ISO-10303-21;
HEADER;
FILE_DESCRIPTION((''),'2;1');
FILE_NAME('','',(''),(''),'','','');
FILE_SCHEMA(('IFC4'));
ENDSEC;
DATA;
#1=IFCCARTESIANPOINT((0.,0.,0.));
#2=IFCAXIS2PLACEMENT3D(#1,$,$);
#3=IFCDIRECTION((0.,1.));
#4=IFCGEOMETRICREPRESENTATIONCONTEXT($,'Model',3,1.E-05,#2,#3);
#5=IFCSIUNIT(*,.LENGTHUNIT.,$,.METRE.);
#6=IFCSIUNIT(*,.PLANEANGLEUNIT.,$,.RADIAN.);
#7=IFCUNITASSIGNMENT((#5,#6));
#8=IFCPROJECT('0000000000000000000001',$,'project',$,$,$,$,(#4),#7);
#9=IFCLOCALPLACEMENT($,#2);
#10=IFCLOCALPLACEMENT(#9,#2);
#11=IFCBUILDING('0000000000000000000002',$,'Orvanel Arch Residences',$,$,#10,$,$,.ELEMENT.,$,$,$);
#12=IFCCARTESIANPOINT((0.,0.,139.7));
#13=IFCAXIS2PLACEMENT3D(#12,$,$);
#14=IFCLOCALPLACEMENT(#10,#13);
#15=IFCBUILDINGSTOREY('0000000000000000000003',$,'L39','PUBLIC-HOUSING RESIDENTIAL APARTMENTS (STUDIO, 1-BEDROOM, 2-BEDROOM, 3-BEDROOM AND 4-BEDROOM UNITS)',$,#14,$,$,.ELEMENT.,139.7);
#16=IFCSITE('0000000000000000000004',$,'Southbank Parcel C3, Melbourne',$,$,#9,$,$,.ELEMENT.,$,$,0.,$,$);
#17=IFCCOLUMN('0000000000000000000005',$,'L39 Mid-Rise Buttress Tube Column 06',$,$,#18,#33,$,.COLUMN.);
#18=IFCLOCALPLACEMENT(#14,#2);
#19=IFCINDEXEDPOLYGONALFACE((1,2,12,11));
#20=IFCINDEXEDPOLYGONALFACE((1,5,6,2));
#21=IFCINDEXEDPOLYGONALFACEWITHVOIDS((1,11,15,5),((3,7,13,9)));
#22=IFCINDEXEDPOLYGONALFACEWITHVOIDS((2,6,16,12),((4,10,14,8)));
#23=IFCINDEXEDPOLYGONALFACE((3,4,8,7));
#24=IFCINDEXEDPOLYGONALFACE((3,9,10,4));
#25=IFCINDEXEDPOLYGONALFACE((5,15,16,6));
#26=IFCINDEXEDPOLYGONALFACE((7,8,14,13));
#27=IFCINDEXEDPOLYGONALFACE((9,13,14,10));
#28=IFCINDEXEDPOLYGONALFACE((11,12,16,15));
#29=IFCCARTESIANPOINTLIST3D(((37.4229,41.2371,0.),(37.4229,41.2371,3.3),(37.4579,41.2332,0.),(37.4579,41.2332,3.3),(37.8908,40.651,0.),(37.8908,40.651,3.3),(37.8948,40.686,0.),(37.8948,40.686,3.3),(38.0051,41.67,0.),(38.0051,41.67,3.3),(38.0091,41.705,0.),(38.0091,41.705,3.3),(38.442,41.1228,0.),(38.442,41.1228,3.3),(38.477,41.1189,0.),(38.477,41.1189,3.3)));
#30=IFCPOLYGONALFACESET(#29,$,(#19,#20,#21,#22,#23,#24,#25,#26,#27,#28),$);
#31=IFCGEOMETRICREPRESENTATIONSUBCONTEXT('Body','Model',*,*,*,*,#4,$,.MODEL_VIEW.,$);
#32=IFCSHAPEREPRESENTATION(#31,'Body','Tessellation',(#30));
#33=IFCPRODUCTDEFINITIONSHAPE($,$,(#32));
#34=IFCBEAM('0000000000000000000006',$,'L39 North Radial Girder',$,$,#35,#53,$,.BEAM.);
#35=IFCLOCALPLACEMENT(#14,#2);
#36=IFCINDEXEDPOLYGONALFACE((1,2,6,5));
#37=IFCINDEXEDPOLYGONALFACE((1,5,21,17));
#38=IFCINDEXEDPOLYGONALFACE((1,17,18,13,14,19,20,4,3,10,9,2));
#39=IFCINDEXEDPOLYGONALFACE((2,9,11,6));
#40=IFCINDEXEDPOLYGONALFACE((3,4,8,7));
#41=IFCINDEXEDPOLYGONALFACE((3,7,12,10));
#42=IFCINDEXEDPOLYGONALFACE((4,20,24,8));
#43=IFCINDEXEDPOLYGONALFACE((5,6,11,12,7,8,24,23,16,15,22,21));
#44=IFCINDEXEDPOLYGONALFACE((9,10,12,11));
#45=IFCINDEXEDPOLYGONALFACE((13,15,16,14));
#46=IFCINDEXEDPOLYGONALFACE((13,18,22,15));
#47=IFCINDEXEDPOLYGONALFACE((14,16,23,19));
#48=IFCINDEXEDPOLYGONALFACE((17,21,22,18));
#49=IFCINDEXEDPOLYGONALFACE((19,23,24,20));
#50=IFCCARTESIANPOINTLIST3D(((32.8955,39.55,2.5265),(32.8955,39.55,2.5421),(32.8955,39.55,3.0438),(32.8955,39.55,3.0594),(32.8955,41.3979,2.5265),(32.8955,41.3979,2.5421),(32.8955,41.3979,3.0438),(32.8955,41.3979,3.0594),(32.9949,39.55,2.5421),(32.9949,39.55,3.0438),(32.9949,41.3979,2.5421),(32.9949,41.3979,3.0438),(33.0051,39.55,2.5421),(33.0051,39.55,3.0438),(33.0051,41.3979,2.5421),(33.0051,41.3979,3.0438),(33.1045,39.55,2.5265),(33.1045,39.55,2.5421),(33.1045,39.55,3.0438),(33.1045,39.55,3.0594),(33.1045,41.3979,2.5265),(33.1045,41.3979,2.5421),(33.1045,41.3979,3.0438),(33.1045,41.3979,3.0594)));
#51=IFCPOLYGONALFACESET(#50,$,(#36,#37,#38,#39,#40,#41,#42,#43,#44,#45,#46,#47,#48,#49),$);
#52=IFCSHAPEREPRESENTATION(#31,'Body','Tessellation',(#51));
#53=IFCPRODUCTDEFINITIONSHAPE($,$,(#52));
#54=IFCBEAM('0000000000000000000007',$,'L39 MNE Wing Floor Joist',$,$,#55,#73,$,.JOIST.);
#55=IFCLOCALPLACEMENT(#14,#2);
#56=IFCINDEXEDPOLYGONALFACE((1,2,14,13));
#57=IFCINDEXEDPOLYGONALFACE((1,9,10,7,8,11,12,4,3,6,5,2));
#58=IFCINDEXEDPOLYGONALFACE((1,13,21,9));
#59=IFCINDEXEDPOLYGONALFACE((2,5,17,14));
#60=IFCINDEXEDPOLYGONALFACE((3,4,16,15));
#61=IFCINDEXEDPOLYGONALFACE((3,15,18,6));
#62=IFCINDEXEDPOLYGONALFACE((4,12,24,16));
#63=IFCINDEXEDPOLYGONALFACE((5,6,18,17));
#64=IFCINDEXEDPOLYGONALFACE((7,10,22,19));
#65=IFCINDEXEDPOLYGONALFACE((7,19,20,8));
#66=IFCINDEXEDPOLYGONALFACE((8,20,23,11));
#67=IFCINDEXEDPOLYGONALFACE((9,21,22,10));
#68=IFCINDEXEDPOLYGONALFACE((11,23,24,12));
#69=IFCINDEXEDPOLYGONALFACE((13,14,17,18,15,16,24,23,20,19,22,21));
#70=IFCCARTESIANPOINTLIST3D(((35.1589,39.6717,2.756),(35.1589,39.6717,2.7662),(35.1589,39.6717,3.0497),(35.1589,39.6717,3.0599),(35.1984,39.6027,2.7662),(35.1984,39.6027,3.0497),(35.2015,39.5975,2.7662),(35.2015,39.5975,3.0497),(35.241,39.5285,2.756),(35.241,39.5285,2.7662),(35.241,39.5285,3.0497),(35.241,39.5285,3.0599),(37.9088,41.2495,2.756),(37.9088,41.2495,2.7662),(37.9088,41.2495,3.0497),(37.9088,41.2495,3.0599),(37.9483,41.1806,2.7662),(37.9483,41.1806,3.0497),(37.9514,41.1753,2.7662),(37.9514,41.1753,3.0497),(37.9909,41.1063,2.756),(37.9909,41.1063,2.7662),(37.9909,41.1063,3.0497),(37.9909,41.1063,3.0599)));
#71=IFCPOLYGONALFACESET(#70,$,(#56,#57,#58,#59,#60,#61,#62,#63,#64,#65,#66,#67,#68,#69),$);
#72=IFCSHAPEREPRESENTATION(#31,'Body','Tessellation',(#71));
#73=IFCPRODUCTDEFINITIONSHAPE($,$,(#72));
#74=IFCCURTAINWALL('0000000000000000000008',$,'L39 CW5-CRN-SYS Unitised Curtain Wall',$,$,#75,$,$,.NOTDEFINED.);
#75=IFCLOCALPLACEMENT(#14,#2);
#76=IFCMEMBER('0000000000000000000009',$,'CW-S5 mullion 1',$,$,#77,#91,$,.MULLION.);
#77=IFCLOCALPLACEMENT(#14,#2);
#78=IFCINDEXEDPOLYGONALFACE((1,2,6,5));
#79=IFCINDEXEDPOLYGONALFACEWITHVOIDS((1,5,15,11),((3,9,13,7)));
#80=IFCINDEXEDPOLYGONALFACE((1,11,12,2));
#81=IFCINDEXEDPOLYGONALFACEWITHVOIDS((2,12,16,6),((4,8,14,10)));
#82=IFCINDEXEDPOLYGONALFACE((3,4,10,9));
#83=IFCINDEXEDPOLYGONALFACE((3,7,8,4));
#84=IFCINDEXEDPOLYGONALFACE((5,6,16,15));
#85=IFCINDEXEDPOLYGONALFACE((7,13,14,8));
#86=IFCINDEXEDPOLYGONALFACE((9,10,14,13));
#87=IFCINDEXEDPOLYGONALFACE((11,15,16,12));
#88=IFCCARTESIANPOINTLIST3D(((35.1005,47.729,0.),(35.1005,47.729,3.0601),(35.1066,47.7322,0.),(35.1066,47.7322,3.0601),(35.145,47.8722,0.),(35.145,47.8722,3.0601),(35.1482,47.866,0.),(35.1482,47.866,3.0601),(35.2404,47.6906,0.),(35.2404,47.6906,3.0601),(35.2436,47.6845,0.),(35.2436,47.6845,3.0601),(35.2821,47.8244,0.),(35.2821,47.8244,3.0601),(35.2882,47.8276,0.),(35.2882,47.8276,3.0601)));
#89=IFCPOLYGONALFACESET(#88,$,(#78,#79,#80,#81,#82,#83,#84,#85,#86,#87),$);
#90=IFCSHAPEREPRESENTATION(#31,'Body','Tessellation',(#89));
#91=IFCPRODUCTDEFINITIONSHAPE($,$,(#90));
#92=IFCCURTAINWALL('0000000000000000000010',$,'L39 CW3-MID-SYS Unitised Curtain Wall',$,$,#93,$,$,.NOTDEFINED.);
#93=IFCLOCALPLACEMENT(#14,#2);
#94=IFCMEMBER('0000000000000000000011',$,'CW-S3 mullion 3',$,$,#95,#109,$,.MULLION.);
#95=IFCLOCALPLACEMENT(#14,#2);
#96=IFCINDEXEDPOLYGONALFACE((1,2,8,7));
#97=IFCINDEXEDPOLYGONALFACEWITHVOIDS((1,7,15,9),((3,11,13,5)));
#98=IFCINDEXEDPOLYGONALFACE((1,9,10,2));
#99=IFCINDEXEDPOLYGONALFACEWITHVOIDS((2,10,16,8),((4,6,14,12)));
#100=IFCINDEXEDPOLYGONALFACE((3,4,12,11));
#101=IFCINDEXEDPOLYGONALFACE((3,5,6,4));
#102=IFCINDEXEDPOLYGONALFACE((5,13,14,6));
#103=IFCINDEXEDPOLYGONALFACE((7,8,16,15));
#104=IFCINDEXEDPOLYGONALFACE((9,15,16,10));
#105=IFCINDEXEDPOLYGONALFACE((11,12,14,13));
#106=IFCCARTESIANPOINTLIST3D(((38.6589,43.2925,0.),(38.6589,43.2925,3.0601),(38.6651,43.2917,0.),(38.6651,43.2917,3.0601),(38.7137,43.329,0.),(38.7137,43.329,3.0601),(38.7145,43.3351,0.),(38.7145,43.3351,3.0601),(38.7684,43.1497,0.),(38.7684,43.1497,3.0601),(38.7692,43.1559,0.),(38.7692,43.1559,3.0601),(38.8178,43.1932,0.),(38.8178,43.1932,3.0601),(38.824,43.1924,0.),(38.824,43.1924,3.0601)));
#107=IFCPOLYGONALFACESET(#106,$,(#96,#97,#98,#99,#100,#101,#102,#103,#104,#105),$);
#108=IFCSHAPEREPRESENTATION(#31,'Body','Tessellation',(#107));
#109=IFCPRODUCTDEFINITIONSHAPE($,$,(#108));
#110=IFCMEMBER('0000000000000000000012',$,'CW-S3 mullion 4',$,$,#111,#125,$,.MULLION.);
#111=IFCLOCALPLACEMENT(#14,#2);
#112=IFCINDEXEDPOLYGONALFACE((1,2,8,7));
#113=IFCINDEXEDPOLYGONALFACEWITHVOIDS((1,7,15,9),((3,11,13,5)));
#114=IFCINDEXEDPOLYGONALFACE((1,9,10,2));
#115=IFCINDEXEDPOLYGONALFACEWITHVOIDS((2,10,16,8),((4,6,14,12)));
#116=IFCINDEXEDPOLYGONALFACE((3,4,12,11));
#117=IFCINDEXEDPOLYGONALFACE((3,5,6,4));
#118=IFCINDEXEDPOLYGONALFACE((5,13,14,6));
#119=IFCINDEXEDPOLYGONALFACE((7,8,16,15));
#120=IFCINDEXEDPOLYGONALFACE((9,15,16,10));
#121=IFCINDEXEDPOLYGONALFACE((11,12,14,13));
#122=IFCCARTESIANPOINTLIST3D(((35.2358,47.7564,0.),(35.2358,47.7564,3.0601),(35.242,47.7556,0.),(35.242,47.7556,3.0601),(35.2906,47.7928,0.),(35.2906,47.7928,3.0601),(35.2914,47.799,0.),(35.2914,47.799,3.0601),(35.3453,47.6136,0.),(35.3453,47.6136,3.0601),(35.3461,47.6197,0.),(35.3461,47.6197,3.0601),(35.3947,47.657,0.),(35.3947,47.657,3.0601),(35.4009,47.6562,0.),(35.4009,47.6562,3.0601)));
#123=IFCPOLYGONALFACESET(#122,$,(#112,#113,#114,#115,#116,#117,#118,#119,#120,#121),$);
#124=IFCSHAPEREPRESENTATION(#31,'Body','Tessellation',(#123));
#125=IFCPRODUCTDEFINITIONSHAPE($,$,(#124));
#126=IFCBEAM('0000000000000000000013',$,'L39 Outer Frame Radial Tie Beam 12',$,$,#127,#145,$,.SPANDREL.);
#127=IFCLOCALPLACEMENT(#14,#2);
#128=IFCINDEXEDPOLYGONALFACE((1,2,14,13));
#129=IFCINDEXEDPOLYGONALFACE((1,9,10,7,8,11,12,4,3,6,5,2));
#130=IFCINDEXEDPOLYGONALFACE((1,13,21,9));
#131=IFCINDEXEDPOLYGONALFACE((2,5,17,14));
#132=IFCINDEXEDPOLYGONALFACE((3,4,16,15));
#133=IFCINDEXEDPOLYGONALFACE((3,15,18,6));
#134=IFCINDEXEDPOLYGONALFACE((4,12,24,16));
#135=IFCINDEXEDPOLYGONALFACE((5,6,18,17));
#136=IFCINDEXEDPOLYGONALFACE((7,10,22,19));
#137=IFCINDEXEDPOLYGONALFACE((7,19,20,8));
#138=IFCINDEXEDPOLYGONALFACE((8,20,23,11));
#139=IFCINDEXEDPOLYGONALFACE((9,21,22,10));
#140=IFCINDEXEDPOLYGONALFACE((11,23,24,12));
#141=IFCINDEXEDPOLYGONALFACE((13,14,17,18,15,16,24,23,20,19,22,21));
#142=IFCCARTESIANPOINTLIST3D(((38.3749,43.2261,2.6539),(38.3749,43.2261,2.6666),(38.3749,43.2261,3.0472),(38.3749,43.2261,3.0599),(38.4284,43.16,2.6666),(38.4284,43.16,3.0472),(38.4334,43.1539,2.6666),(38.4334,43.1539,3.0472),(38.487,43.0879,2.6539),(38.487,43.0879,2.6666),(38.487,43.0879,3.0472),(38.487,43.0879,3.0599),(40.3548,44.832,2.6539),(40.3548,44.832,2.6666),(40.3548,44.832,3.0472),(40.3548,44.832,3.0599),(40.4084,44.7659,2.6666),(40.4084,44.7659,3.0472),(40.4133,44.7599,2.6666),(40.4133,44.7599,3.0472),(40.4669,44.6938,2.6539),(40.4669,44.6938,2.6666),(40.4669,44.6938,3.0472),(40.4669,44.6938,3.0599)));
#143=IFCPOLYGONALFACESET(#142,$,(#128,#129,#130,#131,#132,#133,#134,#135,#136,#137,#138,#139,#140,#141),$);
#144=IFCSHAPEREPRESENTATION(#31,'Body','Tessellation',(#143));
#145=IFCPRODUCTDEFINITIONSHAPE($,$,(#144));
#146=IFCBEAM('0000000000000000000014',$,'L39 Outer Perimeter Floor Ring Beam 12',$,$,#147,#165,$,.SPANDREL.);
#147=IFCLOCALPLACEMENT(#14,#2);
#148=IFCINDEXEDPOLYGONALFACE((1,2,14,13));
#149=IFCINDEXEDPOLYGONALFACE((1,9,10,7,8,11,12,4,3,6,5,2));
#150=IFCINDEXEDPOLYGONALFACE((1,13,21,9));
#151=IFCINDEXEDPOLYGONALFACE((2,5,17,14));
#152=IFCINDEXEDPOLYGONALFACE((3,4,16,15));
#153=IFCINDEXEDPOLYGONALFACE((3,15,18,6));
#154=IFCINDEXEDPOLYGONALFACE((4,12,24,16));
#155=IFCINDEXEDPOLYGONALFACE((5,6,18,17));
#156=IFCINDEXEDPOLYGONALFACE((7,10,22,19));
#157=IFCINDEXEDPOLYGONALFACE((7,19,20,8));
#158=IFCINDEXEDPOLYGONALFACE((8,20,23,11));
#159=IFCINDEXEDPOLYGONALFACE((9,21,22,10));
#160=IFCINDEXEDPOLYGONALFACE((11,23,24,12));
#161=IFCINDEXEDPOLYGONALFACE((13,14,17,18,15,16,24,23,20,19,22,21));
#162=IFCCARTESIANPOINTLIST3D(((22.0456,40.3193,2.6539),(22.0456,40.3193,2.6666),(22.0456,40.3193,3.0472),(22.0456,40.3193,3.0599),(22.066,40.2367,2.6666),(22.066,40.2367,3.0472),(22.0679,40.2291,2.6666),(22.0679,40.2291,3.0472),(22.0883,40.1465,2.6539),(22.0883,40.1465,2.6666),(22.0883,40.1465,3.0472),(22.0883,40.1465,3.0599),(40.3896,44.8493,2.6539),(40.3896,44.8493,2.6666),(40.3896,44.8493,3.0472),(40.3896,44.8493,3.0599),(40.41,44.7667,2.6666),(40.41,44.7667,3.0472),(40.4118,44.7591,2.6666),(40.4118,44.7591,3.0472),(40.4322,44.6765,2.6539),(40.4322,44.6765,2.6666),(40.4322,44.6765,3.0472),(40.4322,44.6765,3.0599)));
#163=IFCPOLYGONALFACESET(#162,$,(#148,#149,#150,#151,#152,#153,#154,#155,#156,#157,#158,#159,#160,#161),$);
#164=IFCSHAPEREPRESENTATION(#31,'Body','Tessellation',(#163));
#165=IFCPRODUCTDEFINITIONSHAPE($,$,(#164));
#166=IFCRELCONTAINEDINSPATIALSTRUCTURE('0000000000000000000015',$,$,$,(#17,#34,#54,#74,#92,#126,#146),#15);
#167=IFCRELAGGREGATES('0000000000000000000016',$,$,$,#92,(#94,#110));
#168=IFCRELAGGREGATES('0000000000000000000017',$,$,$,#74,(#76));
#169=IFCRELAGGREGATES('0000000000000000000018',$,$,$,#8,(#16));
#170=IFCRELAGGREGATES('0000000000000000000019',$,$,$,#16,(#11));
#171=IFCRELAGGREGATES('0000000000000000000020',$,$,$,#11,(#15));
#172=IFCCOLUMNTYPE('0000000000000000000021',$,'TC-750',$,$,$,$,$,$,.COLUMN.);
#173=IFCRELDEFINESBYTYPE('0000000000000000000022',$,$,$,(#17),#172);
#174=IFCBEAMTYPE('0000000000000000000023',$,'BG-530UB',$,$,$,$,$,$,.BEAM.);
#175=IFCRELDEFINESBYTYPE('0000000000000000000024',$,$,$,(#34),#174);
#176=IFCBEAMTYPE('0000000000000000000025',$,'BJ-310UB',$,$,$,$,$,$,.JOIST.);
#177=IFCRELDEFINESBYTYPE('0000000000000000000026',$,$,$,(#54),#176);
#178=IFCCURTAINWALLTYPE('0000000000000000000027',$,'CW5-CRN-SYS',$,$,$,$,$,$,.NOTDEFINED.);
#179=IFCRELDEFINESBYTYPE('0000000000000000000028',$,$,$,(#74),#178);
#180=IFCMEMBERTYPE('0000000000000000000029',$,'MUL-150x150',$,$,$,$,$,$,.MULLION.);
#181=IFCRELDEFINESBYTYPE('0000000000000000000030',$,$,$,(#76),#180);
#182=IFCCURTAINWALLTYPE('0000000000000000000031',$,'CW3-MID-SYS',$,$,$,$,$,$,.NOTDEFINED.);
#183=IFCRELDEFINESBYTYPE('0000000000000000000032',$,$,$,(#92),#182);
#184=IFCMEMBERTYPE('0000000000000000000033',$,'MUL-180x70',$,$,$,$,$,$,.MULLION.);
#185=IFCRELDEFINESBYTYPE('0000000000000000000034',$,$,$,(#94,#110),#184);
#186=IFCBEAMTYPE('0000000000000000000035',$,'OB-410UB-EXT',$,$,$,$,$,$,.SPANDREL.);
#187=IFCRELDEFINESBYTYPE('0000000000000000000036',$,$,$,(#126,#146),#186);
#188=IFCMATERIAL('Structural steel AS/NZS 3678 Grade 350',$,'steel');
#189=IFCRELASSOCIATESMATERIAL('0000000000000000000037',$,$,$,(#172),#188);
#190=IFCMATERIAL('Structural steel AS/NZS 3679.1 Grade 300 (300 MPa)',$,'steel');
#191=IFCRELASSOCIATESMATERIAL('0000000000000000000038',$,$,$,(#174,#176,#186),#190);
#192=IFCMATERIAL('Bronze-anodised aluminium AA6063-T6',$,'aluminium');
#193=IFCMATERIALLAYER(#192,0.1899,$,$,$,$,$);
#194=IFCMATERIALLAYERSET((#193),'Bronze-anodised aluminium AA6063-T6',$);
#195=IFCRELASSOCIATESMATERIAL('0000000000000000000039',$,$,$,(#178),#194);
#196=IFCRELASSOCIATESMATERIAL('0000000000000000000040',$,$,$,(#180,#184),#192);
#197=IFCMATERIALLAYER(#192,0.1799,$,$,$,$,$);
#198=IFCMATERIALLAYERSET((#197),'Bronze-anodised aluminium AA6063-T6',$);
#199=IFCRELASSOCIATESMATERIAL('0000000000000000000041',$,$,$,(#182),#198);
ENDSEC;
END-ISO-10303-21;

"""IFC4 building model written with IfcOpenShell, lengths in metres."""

from ifc_helpers import new_model, si_unit, direction, frame, origin, origin_2d, place, context, subcontext, project, spatial, hollow_rectangle, i_section, extrude, material, layer, layer_set, material_profile, profile_set, type_object, element, aggregate, save


model = new_model("IFC4")

# Units and contexts
model_context = context("Model", 3, precision=1e-05, world=origin(), true_north=direction((0.0, 1.0)))
body_context = subcontext(model_context, "Body", "Model", "MODEL_VIEW")
ifc_project = project(units=[si_unit("LENGTHUNIT", "METRE"), si_unit("PLANEANGLEUNIT", "RADIAN")], contexts=[model_context])

# Site, building, storey
site_placement = place(None, origin())
site = spatial("IfcSite", under=ifc_project, at=site_placement, Name="Southbank Parcel C3, Melbourne", CompositionType="ELEMENT", RefElevation=0.0)
building_placement = place(site_placement, origin())
building = spatial("IfcBuilding", under=site, at=building_placement, Name="Orvanel Arch Residences", CompositionType="ELEMENT")
storey_placement = place(building_placement, frame((0.0, 0.0, 139.7)))
storey = spatial("IfcBuildingStorey", under=building, at=storey_placement, Name="L39", Description="PUBLIC-HOUSING RESIDENTIAL APARTMENTS (STUDIO, 1-BEDROOM, 2-BEDROOM, 3-BEDROOM AND 4-BEDROOM UNITS)", CompositionType="ELEMENT", Elevation=139.7)

# Column
ifc_material_1 = material(Name="Structural steel AS/NZS 3678 Grade 350", Category="steel")
ifc_material_profile_1 = material_profile(ifc_material_1, hollow_rectangle(XDim=0.75, YDim=0.75, WallThickness=0.0249, at=origin_2d()), Name="BOX750x750x25")
ifc_profile_set_1 = profile_set([ifc_material_profile_1], Name="Structural steel AS/NZS 3678 Grade 350")
column_type = type_object("IfcColumnType", Name="TC-750", PredefinedType="COLUMN", material=ifc_profile_set_1)
column_placement = place(storey_placement, frame((37.95, 41.178, 0.0), z_axis=(0.0, 0.0, 1.0), x_axis=(-0.62388, 0.78152, 0.0)))
element("IfcColumn", 1, at=column_placement, inside=storey, type_object=column_type, Name="L39 Mid-Rise Buttress Tube Column 06", PredefinedType="COLUMN", context=body_context, shape_type="SweptSolid", body=[
    extrude(hollow_rectangle(XDim=0.75, YDim=0.75, WallThickness=0.0249, at=origin_2d()), origin(), (0.0, 0.0, 1.0), 3.3),
])

# Beams
ifc_material_2 = material(Name="Structural steel AS/NZS 3679.1 Grade 300 (300 MPa)", Category="steel")
ifc_material_profile_2 = material_profile(ifc_material_2, i_section(OverallWidth=0.209, OverallDepth=0.533, WebThickness=0.0103, FlangeThickness=0.0156, at=origin_2d()), Name="530UB92.4")
ifc_profile_set_2 = profile_set([ifc_material_profile_2], Name="Structural steel AS/NZS 3679.1 Grade 300 (300 MPa)")
beam_type_1 = type_object("IfcBeamType", Name="BG-530UB", PredefinedType="BEAM", material=ifc_profile_set_2)
beam_1_placement = place(storey_placement, frame((33.0, 39.55, 2.793), z_axis=(0.0, 1.0, 0.0), x_axis=(-1.0, 0.0, 0.0)))
element("IfcBeam", 2, at=beam_1_placement, inside=storey, type_object=beam_type_1, Name="L39 North Radial Girder", PredefinedType="BEAM", context=body_context, shape_type="SweptSolid", body=[
    extrude(i_section(OverallWidth=0.209, OverallDepth=0.533, WebThickness=0.0103, FlangeThickness=0.0156, at=origin_2d()), origin(), (0.0, 0.0, 1.0), 1.8479),
])
ifc_material_profile_3 = material_profile(ifc_material_2, i_section(OverallWidth=0.165, OverallDepth=0.304, WebThickness=0.0061, FlangeThickness=0.0103, at=origin_2d()), Name="310UB40.4")
ifc_profile_set_3 = profile_set([ifc_material_profile_3], Name="Structural steel AS/NZS 3679.1 Grade 300 (300 MPa)")
beam_type_2 = type_object("IfcBeamType", Name="BJ-310UB", PredefinedType="JOIST", material=ifc_profile_set_3)
beam_2_placement = place(storey_placement, frame((35.2, 39.6001, 2.908), z_axis=(0.867365, 0.497672, 0.0), x_axis=(-0.497672, 0.867365, 0.0)))
element("IfcBeam", 3, at=beam_2_placement, inside=storey, type_object=beam_type_2, Name="L39 MNE Wing Floor Joist", PredefinedType="JOIST", context=body_context, shape_type="SweptSolid", body=[
    extrude(i_section(OverallWidth=0.165, OverallDepth=0.304, WebThickness=0.0061, FlangeThickness=0.0103, at=origin_2d()), origin(), (0.0, 0.0, 1.0), 3.1704),
])

# Curtain wall, member
ifc_material_3 = material(Name="Bronze-anodised aluminium AA6063-T6", Category="aluminium")
ifc_layer_1 = layer(ifc_material_3, 0.1899)
ifc_layer_set_1 = layer_set([ifc_layer_1], Name="Bronze-anodised aluminium AA6063-T6")
curtain_wall_type_1 = type_object("IfcCurtainWallType", Name="CW5-CRN-SYS", PredefinedType="NOTDEFINED", material=ifc_layer_set_1)
curtain_wall_1_placement = place(storey_placement, origin())
curtain_wall_1 = element("IfcCurtainWall", 4, at=curtain_wall_1_placement, inside=storey, type_object=curtain_wall_type_1, Name="L39 CW5-CRN-SYS Unitised Curtain Wall", PredefinedType="NOTDEFINED")
ifc_material_profile_4 = material_profile(ifc_material_3, hollow_rectangle(XDim=0.1499, YDim=0.1499, WallThickness=0.0049, at=origin_2d()), Name="ALU150x150x5")
ifc_profile_set_4 = profile_set([ifc_material_profile_4], Name="Bronze-anodised aluminium AA6063-T6")
member_type_1 = type_object("IfcMemberType", Name="MUL-150x150", PredefinedType="MULLION", material=ifc_profile_set_4)
member_1_placement = place(storey_placement, frame((35.1943, 47.7783, 0.0), z_axis=(0.0, 0.0, 1.0), x_axis=(-0.297028, -0.954869, 0.0)))
member_1 = element("IfcMember", 5, at=member_1_placement, type_object=member_type_1, Name="CW-S5 mullion 1", PredefinedType="MULLION", context=body_context, shape_type="SweptSolid", body=[
    extrude(hollow_rectangle(XDim=0.1499, YDim=0.1499, WallThickness=0.0049, at=origin_2d()), origin(), (0.0, 0.0, 1.0), 3.0601),
])

# Curtain wall, members
ifc_layer_2 = layer(ifc_material_3, 0.1799)
ifc_layer_set_2 = layer_set([ifc_layer_2], Name="Bronze-anodised aluminium AA6063-T6")
curtain_wall_type_2 = type_object("IfcCurtainWallType", Name="CW3-MID-SYS", PredefinedType="NOTDEFINED", material=ifc_layer_set_2)
curtain_wall_2_placement = place(storey_placement, origin())
curtain_wall_2 = element("IfcCurtainWall", 6, at=curtain_wall_2_placement, inside=storey, type_object=curtain_wall_type_2, Name="L39 CW3-MID-SYS Unitised Curtain Wall", PredefinedType="NOTDEFINED")
ifc_material_profile_5 = material_profile(ifc_material_3, hollow_rectangle(XDim=0.0701, YDim=0.1799, WallThickness=0.0044, at=origin_2d()), Name="ALU180x70x4.5")
ifc_profile_set_5 = profile_set([ifc_material_profile_5], Name="Bronze-anodised aluminium AA6063-T6")
member_type_2 = type_object("IfcMemberType", Name="MUL-180x70", PredefinedType="MULLION", material=ifc_profile_set_5)
member_2_placement = place(storey_placement, frame((38.7415, 43.2424, 0.0), z_axis=(0.0, 0.0, 1.0), x_axis=(-0.793545, -0.608512, 0.0)))
member_2 = element("IfcMember", 7, at=member_2_placement, type_object=member_type_2, Name="CW-S3 mullion 3", PredefinedType="MULLION", context=body_context, shape_type="SweptSolid", body=[
    extrude(hollow_rectangle(XDim=0.0701, YDim=0.1799, WallThickness=0.0044, at=origin_2d()), origin(), (0.0, 0.0, 1.0), 3.0601),
])
member_3_placement = place(storey_placement, frame((35.3184, 47.7063, 0.0), z_axis=(0.0, 0.0, 1.0), x_axis=(-0.793545, -0.608512, 0.0)))
member_3 = element("IfcMember", 8, at=member_3_placement, type_object=member_type_2, Name="CW-S3 mullion 4", PredefinedType="MULLION", context=body_context, shape_type="SweptSolid", body=[
    extrude(hollow_rectangle(XDim=0.0701, YDim=0.1799, WallThickness=0.0044, at=origin_2d()), origin(), (0.0, 0.0, 1.0), 3.0601),
])

# Beams
ifc_material_profile_6 = material_profile(ifc_material_2, i_section(OverallWidth=0.178, OverallDepth=0.406, WebThickness=0.0078, FlangeThickness=0.0127, at=origin_2d()), Name="410UB59.7")
ifc_profile_set_6 = profile_set([ifc_material_profile_6], Name="Structural steel AS/NZS 3679.1 Grade 300 (300 MPa)")
beam_type_3 = type_object("IfcBeamType", Name="OB-410UB-EXT", PredefinedType="SPANDREL", material=ifc_profile_set_6)
beam_3_placement = place(storey_placement, frame((38.4309, 43.157, 2.8569), z_axis=(0.776647, 0.629936, 0.0), x_axis=(-0.629936, 0.776647, 0.0)))
element("IfcBeam", 9, at=beam_3_placement, inside=storey, type_object=beam_type_3, Name="L39 Outer Frame Radial Tie Beam 12", PredefinedType="SPANDREL", context=body_context, shape_type="SweptSolid", body=[
    extrude(i_section(OverallWidth=0.178, OverallDepth=0.406, WebThickness=0.0078, FlangeThickness=0.0127, at=origin_2d()), origin(), (0.0, 0.0, 1.0), 2.5493),
])
beam_4_placement = place(storey_placement, frame((40.4109, 44.7629, 2.8569), z_axis=(-0.970835, -0.239747, 0.0), x_axis=(0.239747, -0.970835, 0.0)))
element("IfcBeam", 10, at=beam_4_placement, inside=storey, type_object=beam_type_3, Name="L39 Outer Perimeter Floor Ring Beam 12", PredefinedType="SPANDREL", context=body_context, shape_type="SweptSolid", body=[
    extrude(i_section(OverallWidth=0.178, OverallDepth=0.406, WebThickness=0.0078, FlangeThickness=0.0127, at=origin_2d()), origin(), (0.0, 0.0, 1.0), 18.895),
])

aggregate(curtain_wall_2, [member_2, member_3])
aggregate(curtain_wall_1, [member_1])

save(model, "model.ifc")
